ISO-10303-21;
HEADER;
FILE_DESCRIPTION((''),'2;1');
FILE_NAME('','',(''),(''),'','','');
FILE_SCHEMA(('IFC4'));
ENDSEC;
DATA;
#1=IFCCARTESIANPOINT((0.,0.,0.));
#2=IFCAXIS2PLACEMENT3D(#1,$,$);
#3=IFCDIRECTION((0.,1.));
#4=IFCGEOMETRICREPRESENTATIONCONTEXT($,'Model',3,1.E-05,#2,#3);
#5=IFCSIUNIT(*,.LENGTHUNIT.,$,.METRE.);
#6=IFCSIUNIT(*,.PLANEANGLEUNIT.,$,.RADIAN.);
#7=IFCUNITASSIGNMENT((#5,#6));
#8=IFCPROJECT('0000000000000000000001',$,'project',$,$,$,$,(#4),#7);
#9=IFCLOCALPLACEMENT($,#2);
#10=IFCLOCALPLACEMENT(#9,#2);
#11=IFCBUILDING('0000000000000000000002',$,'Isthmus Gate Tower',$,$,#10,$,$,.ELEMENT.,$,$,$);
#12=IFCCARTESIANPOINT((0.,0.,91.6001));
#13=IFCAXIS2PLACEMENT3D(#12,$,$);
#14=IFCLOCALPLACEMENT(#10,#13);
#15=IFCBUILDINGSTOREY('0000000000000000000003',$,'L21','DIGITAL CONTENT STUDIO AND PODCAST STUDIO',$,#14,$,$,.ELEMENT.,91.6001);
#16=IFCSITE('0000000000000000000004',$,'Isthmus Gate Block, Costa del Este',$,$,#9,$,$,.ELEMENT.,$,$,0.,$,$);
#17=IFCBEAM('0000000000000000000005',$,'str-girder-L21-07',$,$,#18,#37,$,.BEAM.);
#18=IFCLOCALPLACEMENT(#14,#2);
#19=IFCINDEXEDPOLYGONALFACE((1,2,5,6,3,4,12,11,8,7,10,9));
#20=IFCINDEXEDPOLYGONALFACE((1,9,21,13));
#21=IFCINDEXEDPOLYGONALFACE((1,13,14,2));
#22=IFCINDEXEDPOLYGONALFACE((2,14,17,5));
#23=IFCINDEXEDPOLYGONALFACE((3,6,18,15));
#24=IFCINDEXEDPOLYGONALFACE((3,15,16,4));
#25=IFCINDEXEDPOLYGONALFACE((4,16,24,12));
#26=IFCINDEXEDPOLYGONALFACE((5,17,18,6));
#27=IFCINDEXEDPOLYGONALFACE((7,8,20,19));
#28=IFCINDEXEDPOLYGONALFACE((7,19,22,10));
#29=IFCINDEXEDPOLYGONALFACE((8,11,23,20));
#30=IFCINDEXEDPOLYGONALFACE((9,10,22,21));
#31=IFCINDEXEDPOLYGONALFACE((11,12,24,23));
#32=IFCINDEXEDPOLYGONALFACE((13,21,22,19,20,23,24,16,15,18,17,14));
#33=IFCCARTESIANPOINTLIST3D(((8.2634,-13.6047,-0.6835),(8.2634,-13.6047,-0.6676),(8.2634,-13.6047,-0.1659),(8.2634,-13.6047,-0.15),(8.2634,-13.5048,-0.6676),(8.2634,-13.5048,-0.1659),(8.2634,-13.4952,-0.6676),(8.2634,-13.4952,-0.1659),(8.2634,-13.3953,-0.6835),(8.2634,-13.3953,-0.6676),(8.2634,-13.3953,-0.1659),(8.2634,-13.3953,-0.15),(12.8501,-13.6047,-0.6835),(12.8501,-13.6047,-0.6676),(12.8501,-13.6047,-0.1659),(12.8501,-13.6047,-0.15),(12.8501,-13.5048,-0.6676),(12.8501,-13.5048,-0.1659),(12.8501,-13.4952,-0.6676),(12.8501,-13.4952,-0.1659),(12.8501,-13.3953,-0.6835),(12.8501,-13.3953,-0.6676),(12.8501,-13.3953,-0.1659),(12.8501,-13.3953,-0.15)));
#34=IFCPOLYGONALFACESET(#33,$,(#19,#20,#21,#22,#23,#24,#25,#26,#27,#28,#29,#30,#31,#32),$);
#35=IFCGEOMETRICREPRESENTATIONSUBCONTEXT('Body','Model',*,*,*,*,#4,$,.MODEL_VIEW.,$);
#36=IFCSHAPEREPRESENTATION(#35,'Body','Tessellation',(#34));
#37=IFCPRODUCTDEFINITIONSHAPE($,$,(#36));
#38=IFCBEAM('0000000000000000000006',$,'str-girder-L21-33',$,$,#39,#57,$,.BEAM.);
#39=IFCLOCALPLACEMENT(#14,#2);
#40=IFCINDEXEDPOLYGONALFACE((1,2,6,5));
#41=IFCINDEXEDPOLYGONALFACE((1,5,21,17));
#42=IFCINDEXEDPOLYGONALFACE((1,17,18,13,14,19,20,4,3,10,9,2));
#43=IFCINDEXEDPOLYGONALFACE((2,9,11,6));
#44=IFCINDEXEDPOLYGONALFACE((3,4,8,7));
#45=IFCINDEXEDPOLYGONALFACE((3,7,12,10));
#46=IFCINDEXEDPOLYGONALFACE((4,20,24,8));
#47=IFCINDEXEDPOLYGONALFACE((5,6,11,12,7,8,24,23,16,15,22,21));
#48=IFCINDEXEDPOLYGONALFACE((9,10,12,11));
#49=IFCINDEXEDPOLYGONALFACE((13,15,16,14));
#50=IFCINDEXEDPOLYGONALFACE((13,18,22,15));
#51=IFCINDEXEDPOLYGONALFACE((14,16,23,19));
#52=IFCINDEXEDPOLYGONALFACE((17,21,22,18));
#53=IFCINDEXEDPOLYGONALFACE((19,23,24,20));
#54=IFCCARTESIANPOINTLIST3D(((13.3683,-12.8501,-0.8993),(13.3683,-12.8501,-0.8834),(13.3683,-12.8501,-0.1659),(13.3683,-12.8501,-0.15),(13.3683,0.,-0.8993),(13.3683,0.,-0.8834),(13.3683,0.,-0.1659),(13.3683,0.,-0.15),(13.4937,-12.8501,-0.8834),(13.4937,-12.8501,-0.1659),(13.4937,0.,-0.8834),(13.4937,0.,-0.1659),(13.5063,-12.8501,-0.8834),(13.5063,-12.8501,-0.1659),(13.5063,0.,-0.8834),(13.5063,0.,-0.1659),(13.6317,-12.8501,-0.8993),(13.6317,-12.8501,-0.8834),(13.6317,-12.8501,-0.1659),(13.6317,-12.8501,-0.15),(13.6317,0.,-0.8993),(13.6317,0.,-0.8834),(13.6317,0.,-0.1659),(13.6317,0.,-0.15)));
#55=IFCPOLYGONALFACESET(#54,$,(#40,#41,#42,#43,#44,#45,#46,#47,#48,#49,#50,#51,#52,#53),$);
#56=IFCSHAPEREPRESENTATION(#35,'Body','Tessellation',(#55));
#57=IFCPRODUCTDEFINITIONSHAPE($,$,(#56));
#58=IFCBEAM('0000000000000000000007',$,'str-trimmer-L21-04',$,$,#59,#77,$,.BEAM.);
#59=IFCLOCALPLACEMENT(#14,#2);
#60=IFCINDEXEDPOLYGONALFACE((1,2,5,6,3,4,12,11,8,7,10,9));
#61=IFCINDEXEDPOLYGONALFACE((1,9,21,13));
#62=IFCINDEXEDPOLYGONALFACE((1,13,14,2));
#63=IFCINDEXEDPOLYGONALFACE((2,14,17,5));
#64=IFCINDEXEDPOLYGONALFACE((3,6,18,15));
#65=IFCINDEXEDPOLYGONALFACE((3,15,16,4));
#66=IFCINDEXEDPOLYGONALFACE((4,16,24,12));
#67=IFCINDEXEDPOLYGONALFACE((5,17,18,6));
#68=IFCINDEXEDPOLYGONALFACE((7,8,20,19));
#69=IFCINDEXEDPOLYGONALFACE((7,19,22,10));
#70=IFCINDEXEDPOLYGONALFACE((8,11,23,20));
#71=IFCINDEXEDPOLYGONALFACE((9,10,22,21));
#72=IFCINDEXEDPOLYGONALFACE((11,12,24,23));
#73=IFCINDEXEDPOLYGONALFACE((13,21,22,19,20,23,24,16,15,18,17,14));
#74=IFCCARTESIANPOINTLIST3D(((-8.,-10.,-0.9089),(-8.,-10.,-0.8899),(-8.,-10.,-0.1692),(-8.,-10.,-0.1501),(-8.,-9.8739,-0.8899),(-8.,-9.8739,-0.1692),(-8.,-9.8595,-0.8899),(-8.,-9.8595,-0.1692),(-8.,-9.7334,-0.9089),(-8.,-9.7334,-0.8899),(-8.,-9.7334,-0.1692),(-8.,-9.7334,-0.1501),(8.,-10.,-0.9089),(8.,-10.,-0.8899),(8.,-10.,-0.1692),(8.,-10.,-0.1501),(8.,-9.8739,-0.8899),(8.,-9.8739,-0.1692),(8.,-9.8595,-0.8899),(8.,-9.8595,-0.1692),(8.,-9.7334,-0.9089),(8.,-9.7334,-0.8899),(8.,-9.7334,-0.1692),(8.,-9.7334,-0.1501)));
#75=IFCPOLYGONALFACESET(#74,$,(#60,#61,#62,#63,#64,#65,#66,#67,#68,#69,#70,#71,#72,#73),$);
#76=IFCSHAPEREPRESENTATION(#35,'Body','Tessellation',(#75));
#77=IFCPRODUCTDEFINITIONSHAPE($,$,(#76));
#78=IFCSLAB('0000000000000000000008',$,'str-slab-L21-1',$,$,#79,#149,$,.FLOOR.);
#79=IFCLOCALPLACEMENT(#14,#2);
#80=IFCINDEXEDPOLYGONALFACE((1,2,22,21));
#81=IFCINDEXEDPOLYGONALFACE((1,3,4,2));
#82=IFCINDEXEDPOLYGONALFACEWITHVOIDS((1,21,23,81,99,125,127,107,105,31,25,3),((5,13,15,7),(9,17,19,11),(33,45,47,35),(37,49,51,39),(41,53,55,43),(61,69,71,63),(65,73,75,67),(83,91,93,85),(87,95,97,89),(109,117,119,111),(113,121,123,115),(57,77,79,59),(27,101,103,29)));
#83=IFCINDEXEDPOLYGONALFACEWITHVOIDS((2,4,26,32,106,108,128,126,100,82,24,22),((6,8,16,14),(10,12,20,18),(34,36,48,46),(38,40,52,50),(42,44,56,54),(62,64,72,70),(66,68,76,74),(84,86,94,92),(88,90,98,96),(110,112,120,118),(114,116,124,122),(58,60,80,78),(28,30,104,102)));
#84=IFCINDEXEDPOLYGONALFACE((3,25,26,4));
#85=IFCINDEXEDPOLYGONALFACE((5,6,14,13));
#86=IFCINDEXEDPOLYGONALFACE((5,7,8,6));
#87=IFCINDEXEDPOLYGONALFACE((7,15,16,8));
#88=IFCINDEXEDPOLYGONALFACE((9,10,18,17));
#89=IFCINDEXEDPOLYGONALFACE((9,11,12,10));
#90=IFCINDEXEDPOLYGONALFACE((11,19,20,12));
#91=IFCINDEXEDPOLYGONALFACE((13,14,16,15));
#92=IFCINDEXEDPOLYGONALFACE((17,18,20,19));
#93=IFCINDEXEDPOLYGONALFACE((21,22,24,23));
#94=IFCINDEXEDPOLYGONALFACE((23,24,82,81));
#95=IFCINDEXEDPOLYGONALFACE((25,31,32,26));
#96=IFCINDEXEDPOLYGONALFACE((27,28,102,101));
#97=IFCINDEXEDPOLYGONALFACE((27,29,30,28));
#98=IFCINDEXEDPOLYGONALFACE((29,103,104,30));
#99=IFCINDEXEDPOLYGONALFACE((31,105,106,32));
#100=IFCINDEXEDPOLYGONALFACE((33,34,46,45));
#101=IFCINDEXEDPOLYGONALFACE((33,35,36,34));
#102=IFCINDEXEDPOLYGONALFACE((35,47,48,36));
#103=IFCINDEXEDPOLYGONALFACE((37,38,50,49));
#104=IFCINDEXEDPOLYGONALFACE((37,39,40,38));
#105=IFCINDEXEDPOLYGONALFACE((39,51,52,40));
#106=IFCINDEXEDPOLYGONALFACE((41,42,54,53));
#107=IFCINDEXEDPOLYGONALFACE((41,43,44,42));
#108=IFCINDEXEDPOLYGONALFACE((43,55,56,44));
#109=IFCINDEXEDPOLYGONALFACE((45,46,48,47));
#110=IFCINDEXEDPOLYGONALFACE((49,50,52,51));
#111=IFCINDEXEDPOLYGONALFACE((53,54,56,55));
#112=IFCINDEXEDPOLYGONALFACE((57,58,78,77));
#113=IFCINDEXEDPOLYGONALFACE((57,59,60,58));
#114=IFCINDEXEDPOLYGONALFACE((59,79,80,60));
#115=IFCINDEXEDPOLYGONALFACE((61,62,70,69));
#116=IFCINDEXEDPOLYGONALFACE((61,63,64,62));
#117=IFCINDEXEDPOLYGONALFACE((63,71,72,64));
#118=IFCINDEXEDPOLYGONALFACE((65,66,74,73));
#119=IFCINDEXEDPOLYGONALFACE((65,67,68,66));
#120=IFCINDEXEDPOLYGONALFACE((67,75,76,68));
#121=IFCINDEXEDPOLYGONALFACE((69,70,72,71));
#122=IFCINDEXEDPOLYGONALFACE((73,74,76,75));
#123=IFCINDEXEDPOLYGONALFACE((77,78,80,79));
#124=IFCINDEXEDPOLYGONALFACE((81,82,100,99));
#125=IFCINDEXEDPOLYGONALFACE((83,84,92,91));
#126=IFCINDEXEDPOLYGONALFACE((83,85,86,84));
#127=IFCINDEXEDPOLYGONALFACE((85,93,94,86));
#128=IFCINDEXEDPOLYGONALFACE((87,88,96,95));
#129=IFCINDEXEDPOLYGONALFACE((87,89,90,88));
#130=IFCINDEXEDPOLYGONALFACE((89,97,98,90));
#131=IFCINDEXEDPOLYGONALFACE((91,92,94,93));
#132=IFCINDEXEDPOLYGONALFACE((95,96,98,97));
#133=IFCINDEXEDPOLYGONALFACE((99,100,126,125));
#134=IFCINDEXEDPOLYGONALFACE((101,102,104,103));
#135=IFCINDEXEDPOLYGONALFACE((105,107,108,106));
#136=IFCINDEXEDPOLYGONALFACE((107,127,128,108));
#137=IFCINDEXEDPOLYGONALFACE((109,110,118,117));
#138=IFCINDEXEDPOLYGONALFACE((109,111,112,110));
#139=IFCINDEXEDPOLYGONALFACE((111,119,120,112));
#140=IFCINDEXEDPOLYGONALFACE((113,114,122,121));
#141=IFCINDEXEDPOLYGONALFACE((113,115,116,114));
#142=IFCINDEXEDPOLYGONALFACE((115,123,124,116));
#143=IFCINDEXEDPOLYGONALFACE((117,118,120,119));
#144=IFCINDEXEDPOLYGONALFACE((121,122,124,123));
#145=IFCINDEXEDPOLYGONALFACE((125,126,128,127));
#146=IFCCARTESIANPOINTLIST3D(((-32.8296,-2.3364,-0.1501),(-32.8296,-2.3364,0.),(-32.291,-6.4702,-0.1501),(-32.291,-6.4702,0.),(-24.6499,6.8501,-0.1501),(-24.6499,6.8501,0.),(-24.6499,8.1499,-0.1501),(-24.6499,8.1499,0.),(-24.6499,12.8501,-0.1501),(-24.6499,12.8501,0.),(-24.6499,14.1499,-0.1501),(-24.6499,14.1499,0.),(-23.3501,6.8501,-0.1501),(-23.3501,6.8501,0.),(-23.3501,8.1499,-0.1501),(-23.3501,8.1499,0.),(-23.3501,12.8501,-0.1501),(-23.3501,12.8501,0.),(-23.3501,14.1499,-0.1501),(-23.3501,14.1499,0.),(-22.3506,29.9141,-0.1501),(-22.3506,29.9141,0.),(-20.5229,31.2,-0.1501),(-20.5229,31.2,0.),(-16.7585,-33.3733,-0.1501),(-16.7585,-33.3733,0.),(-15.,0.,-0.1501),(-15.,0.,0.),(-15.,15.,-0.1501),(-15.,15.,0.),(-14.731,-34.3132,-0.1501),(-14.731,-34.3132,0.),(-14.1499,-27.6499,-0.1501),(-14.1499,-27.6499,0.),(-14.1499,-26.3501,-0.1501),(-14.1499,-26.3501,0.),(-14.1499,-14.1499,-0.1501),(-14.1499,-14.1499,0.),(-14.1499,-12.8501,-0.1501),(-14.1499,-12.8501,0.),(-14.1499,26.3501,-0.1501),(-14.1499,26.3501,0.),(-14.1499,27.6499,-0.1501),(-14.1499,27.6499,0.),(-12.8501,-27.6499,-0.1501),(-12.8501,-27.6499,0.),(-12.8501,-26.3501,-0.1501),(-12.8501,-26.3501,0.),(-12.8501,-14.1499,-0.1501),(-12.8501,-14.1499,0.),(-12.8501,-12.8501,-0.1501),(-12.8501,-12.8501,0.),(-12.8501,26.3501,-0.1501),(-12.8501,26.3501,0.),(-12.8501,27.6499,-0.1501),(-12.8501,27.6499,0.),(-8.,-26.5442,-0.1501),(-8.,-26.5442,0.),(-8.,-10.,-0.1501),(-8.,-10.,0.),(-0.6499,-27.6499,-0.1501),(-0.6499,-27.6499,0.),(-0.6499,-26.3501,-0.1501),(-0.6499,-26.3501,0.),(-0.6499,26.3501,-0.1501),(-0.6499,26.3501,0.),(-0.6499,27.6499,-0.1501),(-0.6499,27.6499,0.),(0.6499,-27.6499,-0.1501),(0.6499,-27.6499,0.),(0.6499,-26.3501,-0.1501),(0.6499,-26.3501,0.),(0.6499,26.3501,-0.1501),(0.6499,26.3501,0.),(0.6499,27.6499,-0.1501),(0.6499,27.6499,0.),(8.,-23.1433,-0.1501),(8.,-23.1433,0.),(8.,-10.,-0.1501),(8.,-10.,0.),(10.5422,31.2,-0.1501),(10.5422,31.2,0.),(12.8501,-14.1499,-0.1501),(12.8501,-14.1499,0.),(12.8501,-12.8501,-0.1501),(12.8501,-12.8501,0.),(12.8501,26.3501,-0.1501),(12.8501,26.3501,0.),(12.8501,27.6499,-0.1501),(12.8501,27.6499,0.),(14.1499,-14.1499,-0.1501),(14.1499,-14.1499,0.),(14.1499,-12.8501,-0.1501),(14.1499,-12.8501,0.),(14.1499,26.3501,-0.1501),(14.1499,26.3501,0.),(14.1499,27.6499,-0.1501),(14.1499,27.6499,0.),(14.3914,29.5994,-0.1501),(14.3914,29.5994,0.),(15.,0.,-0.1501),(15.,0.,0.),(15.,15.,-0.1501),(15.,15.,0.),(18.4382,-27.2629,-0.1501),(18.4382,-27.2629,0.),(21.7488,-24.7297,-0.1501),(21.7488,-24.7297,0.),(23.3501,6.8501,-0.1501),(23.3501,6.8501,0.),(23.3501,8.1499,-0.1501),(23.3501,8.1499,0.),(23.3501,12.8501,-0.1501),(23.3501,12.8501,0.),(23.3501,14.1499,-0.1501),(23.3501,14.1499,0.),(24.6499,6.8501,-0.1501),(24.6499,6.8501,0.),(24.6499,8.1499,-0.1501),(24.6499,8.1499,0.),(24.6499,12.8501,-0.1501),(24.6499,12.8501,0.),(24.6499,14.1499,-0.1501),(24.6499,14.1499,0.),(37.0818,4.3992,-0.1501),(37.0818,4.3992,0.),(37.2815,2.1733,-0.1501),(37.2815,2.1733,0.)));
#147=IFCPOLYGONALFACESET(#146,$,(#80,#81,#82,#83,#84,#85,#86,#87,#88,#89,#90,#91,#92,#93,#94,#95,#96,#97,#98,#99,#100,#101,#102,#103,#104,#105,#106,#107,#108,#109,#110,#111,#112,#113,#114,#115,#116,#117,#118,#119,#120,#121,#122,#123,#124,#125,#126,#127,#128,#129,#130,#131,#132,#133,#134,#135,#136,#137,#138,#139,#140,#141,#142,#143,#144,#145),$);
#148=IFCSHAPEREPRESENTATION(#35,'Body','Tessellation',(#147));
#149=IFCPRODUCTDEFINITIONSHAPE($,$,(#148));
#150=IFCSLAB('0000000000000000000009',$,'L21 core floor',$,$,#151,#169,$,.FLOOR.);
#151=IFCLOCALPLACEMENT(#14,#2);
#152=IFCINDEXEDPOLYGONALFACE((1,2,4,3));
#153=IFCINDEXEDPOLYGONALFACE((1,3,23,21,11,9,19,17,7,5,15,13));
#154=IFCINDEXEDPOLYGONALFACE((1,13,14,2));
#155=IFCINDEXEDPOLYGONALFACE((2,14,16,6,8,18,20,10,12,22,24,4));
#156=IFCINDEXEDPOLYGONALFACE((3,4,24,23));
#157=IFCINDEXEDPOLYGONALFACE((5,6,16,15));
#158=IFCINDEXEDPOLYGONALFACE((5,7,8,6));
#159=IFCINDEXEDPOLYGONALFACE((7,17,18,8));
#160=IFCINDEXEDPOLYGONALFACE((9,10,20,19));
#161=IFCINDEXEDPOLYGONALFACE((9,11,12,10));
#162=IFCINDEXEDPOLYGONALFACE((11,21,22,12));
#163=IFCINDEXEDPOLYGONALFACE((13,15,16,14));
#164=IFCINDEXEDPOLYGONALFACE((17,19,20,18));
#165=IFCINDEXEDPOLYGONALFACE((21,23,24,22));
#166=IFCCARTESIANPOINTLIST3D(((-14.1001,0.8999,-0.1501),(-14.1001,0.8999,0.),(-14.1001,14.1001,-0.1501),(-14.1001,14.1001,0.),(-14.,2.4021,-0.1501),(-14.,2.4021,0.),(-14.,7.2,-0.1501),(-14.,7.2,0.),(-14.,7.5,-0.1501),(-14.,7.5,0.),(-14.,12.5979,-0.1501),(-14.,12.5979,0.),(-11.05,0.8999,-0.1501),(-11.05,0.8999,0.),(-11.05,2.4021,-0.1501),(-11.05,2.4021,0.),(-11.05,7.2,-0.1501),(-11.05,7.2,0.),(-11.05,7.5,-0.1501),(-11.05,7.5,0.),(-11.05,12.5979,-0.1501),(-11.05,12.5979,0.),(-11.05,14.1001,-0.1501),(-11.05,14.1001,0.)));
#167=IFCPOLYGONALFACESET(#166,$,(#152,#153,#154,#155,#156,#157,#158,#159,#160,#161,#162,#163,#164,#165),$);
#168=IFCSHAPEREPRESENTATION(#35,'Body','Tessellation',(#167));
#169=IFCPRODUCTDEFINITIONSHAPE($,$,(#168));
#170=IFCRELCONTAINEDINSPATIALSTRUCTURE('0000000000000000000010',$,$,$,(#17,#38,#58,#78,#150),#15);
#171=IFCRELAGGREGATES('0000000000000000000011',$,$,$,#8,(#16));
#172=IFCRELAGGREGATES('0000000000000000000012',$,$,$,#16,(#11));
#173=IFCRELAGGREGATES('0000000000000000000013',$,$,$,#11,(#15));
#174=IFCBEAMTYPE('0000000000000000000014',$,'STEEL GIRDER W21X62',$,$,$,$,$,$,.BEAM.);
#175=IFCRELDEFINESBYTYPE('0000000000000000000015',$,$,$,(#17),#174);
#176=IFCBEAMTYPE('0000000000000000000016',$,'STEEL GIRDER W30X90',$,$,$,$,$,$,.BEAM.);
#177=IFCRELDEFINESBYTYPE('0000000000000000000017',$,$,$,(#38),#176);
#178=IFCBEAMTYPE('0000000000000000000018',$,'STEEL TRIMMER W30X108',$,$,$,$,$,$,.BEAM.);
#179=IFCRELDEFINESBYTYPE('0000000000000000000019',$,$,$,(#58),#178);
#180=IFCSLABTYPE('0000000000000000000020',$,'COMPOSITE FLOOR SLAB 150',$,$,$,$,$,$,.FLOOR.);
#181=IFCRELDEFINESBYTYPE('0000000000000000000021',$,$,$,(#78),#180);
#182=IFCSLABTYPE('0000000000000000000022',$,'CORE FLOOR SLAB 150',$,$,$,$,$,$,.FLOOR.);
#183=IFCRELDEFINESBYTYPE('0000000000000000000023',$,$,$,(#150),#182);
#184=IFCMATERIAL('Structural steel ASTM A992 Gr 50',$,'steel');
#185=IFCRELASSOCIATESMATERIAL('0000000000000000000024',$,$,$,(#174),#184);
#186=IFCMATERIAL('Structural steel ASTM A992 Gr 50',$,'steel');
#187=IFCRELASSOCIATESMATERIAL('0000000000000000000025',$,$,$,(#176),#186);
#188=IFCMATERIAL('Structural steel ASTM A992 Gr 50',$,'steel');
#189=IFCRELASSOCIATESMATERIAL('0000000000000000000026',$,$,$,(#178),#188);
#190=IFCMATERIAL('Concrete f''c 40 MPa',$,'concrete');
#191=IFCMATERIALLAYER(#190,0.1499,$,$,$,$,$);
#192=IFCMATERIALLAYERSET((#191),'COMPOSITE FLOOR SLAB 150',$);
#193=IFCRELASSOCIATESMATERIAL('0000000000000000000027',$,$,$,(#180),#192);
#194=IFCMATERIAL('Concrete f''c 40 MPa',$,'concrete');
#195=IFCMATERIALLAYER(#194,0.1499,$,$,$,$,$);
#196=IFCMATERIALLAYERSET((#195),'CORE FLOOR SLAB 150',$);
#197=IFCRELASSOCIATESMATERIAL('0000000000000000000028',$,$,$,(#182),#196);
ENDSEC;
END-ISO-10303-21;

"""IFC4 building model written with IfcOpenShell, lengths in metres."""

from ifc_helpers import new_model, si_unit, direction, frame, origin, origin_2d, place, context, subcontext, project, spatial, polyline, i_section, outline, extrude, material, layer, layer_set, material_profile, profile_set, type_object, element, save


model = new_model("IFC4")

# Units and contexts
model_context = context("Model", 3, precision=1e-05, world=origin(), true_north=direction((0.0, 1.0)))
body_context = subcontext(model_context, "Body", "Model", "MODEL_VIEW")
ifc_project = project(units=[si_unit("LENGTHUNIT", "METRE"), si_unit("PLANEANGLEUNIT", "RADIAN")], contexts=[model_context])

# Site, building, storey
site_placement = place(None, origin())
site = spatial("IfcSite", under=ifc_project, at=site_placement, Name="Isthmus Gate Block, Costa del Este", CompositionType="ELEMENT", RefElevation=0.0)
building_placement = place(site_placement, origin())
building = spatial("IfcBuilding", under=site, at=building_placement, Name="Isthmus Gate Tower", CompositionType="ELEMENT")
storey_placement = place(building_placement, frame((0.0, 0.0, 91.6001)))
storey = spatial("IfcBuildingStorey", under=building, at=storey_placement, Name="L21", Description="DIGITAL CONTENT STUDIO AND PODCAST STUDIO", CompositionType="ELEMENT", Elevation=91.6001)

# Beams
ifc_material_1 = material(Name="Structural steel ASTM A992 Gr 50", Category="steel")
ifc_material_profile_1 = material_profile(ifc_material_1, i_section(OverallWidth=0.2095, OverallDepth=0.5334, WebThickness=0.0095, FlangeThickness=0.0159, at=origin_2d()), Name="W21X62")
ifc_profile_set_1 = profile_set([ifc_material_profile_1], Name="Structural steel ASTM A992 Gr 50")
beam_type_1 = type_object("IfcBeamType", Name="STEEL GIRDER W21X62", PredefinedType="BEAM", material=ifc_profile_set_1)
beam_1_placement = place(storey_placement, frame((8.2634, -13.5, -0.4167), z_axis=(1.0, 0.0, 0.0), x_axis=(0.0, 1.0, 0.0)))
element("IfcBeam", 1, at=beam_1_placement, inside=storey, type_object=beam_type_1, Name="str-girder-L21-07", PredefinedType="BEAM", context=body_context, shape_type="SweptSolid", body=[
    extrude(i_section(OverallWidth=0.2095, OverallDepth=0.5334, WebThickness=0.0095, FlangeThickness=0.0159, at=origin_2d()), origin(), (0.0, 0.0, 1.0), 4.5867),
])
ifc_material_2 = material(Name="Structural steel ASTM A992 Gr 50", Category="steel")
ifc_material_profile_2 = material_profile(ifc_material_2, i_section(OverallWidth=0.2634, OverallDepth=0.7493, WebThickness=0.0127, FlangeThickness=0.0159, at=origin_2d()), Name="W30X90")
ifc_profile_set_2 = profile_set([ifc_material_profile_2], Name="Structural steel ASTM A992 Gr 50")
beam_type_2 = type_object("IfcBeamType", Name="STEEL GIRDER W30X90", PredefinedType="BEAM", material=ifc_profile_set_2)
beam_2_placement = place(storey_placement, frame((13.5, -12.8501, -0.5247), z_axis=(0.0, 1.0, 0.0), x_axis=(-1.0, 0.0, 0.0)))
element("IfcBeam", 2, at=beam_2_placement, inside=storey, type_object=beam_type_2, Name="str-girder-L21-33", PredefinedType="BEAM", context=body_context, shape_type="SweptSolid", body=[
    extrude(i_section(OverallWidth=0.2634, OverallDepth=0.7493, WebThickness=0.0127, FlangeThickness=0.0159, at=origin_2d()), origin(), (0.0, 0.0, 1.0), 12.8501),
])
ifc_material_3 = material(Name="Structural steel ASTM A992 Gr 50", Category="steel")
ifc_material_profile_3 = material_profile(ifc_material_3, i_section(OverallWidth=0.2666, OverallDepth=0.7588, WebThickness=0.0144, FlangeThickness=0.019, at=origin_2d()), Name="W30X108")
ifc_profile_set_3 = profile_set([ifc_material_profile_3], Name="Structural steel ASTM A992 Gr 50")
beam_type_3 = type_object("IfcBeamType", Name="STEEL TRIMMER W30X108", PredefinedType="BEAM", material=ifc_profile_set_3)
beam_3_placement = place(storey_placement, frame((8.0, -9.8667, -0.5295), z_axis=(-1.0, 0.0, 0.0), x_axis=(0.0, -1.0, 0.0)))
element("IfcBeam", 3, at=beam_3_placement, inside=storey, type_object=beam_type_3, Name="str-trimmer-L21-04", PredefinedType="BEAM", context=body_context, shape_type="SweptSolid", body=[
    extrude(i_section(OverallWidth=0.2666, OverallDepth=0.7588, WebThickness=0.0144, FlangeThickness=0.019, at=origin_2d()), origin(), (0.0, 0.0, 1.0), 16.0),
])

# Slabs
ifc_material_4 = material(Name="Concrete f'c 40 MPa", Category="concrete")
ifc_layer_1 = layer(ifc_material_4, 0.1499)
ifc_layer_set_1 = layer_set([ifc_layer_1], Name="COMPOSITE FLOOR SLAB 150")
slab_type_1 = type_object("IfcSlabType", Name="COMPOSITE FLOOR SLAB 150", PredefinedType="FLOOR", material=ifc_layer_set_1)
slab_1_placement = place(storey_placement, frame((0.0, 0.0, -0.1501)))
element("IfcSlab", 4, at=slab_1_placement, inside=storey, type_object=slab_type_1, Name="str-slab-L21-1", PredefinedType="FLOOR", context=body_context, shape_type="SweptSolid", body=[
    extrude(outline(polyline([(14.3914, 29.5994), (37.0818, 4.3992), (37.2815, 2.1733), (21.7488, -24.7297), (18.4382, -27.2629), (-14.731, -34.3132), (-16.7585, -33.3733), (-32.291, -6.4702), (-32.8296, -2.3364), (-22.3506, 29.9141), (-20.5229, 31.2), (10.5422, 31.2), (14.3914, 29.5994)]), holes=[polyline([(-14.1499, -27.6499), (-12.8501, -27.6499), (-12.8501, -26.3501), (-14.1499, -26.3501), (-14.1499, -27.6499)]), polyline([(-0.6499, -26.3501), (-0.6499, -27.6499), (0.6499, -27.6499), (0.6499, -26.3501), (-0.6499, -26.3501)]), polyline([(-14.1499, -12.8501), (-14.1499, -14.1499), (-12.8501, -14.1499), (-12.8501, -12.8501), (-14.1499, -12.8501)]), polyline([(-24.6499, 8.1499), (-24.6499, 6.8501), (-23.3501, 6.8501), (-23.3501, 8.1499), (-24.6499, 8.1499)]), polyline([(-23.3501, 14.1499), (-24.6499, 14.1499), (-24.6499, 12.8501), (-23.3501, 12.8501), (-23.3501, 14.1499)]), polyline([(-14.1499, 27.6499), (-14.1499, 26.3501), (-12.8501, 26.3501), (-12.8501, 27.6499), (-14.1499, 27.6499)]), polyline([(-0.6499, 27.6499), (-0.6499, 26.3501), (0.6499, 26.3501), (0.6499, 27.6499), (-0.6499, 27.6499)]), polyline([(8.0, -23.1433), (8.0, -10.0), (-8.0, -10.0), (-8.0, -26.5442), (8.0, -23.1433)]), polyline([(14.1499, -12.8501), (12.8501, -12.8501), (12.8501, -14.1499), (14.1499, -14.1499), (14.1499, -12.8501)]), polyline([(15.0, 15.0), (-15.0, 15.0), (-15.0, 0.0), (15.0, 0.0), (15.0, 15.0)]), polyline([(24.6499, 8.1499), (23.3501, 8.1499), (23.3501, 6.8501), (24.6499, 6.8501), (24.6499, 8.1499)]), polyline([(23.3501, 14.1499), (23.3501, 12.8501), (24.6499, 12.8501), (24.6499, 14.1499), (23.3501, 14.1499)]), polyline([(14.1499, 27.6499), (12.8501, 27.6499), (12.8501, 26.3501), (14.1499, 26.3501), (14.1499, 27.6499)])]), origin(), (0.0, 0.0, 1.0), 0.1501),
])
ifc_material_5 = material(Name="Concrete f'c 40 MPa", Category="concrete")
ifc_layer_2 = layer(ifc_material_5, 0.1499)
ifc_layer_set_2 = layer_set([ifc_layer_2], Name="CORE FLOOR SLAB 150")
slab_type_2 = type_object("IfcSlabType", Name="CORE FLOOR SLAB 150", PredefinedType="FLOOR", material=ifc_layer_set_2)
slab_2_placement = place(storey_placement, frame((0.0, 0.0, -0.1501)))
element("IfcSlab", 5, at=slab_2_placement, inside=storey, type_object=slab_type_2, Name="L21 core floor", PredefinedType="FLOOR", context=body_context, shape_type="SweptSolid", body=[
    extrude(outline(polyline([(-11.05, 0.8999), (-11.05, 2.4021), (-14.0, 2.4021), (-14.0, 7.2), (-11.05, 7.2), (-11.05, 7.5), (-14.0, 7.5), (-14.0, 12.5979), (-11.05, 12.5979), (-11.05, 14.1001), (-14.1001, 14.1001), (-14.1001, 0.8999), (-11.05, 0.8999)])), origin(), (0.0, 0.0, 1.0), 0.1501),
])

save(model, "model.ifc")
